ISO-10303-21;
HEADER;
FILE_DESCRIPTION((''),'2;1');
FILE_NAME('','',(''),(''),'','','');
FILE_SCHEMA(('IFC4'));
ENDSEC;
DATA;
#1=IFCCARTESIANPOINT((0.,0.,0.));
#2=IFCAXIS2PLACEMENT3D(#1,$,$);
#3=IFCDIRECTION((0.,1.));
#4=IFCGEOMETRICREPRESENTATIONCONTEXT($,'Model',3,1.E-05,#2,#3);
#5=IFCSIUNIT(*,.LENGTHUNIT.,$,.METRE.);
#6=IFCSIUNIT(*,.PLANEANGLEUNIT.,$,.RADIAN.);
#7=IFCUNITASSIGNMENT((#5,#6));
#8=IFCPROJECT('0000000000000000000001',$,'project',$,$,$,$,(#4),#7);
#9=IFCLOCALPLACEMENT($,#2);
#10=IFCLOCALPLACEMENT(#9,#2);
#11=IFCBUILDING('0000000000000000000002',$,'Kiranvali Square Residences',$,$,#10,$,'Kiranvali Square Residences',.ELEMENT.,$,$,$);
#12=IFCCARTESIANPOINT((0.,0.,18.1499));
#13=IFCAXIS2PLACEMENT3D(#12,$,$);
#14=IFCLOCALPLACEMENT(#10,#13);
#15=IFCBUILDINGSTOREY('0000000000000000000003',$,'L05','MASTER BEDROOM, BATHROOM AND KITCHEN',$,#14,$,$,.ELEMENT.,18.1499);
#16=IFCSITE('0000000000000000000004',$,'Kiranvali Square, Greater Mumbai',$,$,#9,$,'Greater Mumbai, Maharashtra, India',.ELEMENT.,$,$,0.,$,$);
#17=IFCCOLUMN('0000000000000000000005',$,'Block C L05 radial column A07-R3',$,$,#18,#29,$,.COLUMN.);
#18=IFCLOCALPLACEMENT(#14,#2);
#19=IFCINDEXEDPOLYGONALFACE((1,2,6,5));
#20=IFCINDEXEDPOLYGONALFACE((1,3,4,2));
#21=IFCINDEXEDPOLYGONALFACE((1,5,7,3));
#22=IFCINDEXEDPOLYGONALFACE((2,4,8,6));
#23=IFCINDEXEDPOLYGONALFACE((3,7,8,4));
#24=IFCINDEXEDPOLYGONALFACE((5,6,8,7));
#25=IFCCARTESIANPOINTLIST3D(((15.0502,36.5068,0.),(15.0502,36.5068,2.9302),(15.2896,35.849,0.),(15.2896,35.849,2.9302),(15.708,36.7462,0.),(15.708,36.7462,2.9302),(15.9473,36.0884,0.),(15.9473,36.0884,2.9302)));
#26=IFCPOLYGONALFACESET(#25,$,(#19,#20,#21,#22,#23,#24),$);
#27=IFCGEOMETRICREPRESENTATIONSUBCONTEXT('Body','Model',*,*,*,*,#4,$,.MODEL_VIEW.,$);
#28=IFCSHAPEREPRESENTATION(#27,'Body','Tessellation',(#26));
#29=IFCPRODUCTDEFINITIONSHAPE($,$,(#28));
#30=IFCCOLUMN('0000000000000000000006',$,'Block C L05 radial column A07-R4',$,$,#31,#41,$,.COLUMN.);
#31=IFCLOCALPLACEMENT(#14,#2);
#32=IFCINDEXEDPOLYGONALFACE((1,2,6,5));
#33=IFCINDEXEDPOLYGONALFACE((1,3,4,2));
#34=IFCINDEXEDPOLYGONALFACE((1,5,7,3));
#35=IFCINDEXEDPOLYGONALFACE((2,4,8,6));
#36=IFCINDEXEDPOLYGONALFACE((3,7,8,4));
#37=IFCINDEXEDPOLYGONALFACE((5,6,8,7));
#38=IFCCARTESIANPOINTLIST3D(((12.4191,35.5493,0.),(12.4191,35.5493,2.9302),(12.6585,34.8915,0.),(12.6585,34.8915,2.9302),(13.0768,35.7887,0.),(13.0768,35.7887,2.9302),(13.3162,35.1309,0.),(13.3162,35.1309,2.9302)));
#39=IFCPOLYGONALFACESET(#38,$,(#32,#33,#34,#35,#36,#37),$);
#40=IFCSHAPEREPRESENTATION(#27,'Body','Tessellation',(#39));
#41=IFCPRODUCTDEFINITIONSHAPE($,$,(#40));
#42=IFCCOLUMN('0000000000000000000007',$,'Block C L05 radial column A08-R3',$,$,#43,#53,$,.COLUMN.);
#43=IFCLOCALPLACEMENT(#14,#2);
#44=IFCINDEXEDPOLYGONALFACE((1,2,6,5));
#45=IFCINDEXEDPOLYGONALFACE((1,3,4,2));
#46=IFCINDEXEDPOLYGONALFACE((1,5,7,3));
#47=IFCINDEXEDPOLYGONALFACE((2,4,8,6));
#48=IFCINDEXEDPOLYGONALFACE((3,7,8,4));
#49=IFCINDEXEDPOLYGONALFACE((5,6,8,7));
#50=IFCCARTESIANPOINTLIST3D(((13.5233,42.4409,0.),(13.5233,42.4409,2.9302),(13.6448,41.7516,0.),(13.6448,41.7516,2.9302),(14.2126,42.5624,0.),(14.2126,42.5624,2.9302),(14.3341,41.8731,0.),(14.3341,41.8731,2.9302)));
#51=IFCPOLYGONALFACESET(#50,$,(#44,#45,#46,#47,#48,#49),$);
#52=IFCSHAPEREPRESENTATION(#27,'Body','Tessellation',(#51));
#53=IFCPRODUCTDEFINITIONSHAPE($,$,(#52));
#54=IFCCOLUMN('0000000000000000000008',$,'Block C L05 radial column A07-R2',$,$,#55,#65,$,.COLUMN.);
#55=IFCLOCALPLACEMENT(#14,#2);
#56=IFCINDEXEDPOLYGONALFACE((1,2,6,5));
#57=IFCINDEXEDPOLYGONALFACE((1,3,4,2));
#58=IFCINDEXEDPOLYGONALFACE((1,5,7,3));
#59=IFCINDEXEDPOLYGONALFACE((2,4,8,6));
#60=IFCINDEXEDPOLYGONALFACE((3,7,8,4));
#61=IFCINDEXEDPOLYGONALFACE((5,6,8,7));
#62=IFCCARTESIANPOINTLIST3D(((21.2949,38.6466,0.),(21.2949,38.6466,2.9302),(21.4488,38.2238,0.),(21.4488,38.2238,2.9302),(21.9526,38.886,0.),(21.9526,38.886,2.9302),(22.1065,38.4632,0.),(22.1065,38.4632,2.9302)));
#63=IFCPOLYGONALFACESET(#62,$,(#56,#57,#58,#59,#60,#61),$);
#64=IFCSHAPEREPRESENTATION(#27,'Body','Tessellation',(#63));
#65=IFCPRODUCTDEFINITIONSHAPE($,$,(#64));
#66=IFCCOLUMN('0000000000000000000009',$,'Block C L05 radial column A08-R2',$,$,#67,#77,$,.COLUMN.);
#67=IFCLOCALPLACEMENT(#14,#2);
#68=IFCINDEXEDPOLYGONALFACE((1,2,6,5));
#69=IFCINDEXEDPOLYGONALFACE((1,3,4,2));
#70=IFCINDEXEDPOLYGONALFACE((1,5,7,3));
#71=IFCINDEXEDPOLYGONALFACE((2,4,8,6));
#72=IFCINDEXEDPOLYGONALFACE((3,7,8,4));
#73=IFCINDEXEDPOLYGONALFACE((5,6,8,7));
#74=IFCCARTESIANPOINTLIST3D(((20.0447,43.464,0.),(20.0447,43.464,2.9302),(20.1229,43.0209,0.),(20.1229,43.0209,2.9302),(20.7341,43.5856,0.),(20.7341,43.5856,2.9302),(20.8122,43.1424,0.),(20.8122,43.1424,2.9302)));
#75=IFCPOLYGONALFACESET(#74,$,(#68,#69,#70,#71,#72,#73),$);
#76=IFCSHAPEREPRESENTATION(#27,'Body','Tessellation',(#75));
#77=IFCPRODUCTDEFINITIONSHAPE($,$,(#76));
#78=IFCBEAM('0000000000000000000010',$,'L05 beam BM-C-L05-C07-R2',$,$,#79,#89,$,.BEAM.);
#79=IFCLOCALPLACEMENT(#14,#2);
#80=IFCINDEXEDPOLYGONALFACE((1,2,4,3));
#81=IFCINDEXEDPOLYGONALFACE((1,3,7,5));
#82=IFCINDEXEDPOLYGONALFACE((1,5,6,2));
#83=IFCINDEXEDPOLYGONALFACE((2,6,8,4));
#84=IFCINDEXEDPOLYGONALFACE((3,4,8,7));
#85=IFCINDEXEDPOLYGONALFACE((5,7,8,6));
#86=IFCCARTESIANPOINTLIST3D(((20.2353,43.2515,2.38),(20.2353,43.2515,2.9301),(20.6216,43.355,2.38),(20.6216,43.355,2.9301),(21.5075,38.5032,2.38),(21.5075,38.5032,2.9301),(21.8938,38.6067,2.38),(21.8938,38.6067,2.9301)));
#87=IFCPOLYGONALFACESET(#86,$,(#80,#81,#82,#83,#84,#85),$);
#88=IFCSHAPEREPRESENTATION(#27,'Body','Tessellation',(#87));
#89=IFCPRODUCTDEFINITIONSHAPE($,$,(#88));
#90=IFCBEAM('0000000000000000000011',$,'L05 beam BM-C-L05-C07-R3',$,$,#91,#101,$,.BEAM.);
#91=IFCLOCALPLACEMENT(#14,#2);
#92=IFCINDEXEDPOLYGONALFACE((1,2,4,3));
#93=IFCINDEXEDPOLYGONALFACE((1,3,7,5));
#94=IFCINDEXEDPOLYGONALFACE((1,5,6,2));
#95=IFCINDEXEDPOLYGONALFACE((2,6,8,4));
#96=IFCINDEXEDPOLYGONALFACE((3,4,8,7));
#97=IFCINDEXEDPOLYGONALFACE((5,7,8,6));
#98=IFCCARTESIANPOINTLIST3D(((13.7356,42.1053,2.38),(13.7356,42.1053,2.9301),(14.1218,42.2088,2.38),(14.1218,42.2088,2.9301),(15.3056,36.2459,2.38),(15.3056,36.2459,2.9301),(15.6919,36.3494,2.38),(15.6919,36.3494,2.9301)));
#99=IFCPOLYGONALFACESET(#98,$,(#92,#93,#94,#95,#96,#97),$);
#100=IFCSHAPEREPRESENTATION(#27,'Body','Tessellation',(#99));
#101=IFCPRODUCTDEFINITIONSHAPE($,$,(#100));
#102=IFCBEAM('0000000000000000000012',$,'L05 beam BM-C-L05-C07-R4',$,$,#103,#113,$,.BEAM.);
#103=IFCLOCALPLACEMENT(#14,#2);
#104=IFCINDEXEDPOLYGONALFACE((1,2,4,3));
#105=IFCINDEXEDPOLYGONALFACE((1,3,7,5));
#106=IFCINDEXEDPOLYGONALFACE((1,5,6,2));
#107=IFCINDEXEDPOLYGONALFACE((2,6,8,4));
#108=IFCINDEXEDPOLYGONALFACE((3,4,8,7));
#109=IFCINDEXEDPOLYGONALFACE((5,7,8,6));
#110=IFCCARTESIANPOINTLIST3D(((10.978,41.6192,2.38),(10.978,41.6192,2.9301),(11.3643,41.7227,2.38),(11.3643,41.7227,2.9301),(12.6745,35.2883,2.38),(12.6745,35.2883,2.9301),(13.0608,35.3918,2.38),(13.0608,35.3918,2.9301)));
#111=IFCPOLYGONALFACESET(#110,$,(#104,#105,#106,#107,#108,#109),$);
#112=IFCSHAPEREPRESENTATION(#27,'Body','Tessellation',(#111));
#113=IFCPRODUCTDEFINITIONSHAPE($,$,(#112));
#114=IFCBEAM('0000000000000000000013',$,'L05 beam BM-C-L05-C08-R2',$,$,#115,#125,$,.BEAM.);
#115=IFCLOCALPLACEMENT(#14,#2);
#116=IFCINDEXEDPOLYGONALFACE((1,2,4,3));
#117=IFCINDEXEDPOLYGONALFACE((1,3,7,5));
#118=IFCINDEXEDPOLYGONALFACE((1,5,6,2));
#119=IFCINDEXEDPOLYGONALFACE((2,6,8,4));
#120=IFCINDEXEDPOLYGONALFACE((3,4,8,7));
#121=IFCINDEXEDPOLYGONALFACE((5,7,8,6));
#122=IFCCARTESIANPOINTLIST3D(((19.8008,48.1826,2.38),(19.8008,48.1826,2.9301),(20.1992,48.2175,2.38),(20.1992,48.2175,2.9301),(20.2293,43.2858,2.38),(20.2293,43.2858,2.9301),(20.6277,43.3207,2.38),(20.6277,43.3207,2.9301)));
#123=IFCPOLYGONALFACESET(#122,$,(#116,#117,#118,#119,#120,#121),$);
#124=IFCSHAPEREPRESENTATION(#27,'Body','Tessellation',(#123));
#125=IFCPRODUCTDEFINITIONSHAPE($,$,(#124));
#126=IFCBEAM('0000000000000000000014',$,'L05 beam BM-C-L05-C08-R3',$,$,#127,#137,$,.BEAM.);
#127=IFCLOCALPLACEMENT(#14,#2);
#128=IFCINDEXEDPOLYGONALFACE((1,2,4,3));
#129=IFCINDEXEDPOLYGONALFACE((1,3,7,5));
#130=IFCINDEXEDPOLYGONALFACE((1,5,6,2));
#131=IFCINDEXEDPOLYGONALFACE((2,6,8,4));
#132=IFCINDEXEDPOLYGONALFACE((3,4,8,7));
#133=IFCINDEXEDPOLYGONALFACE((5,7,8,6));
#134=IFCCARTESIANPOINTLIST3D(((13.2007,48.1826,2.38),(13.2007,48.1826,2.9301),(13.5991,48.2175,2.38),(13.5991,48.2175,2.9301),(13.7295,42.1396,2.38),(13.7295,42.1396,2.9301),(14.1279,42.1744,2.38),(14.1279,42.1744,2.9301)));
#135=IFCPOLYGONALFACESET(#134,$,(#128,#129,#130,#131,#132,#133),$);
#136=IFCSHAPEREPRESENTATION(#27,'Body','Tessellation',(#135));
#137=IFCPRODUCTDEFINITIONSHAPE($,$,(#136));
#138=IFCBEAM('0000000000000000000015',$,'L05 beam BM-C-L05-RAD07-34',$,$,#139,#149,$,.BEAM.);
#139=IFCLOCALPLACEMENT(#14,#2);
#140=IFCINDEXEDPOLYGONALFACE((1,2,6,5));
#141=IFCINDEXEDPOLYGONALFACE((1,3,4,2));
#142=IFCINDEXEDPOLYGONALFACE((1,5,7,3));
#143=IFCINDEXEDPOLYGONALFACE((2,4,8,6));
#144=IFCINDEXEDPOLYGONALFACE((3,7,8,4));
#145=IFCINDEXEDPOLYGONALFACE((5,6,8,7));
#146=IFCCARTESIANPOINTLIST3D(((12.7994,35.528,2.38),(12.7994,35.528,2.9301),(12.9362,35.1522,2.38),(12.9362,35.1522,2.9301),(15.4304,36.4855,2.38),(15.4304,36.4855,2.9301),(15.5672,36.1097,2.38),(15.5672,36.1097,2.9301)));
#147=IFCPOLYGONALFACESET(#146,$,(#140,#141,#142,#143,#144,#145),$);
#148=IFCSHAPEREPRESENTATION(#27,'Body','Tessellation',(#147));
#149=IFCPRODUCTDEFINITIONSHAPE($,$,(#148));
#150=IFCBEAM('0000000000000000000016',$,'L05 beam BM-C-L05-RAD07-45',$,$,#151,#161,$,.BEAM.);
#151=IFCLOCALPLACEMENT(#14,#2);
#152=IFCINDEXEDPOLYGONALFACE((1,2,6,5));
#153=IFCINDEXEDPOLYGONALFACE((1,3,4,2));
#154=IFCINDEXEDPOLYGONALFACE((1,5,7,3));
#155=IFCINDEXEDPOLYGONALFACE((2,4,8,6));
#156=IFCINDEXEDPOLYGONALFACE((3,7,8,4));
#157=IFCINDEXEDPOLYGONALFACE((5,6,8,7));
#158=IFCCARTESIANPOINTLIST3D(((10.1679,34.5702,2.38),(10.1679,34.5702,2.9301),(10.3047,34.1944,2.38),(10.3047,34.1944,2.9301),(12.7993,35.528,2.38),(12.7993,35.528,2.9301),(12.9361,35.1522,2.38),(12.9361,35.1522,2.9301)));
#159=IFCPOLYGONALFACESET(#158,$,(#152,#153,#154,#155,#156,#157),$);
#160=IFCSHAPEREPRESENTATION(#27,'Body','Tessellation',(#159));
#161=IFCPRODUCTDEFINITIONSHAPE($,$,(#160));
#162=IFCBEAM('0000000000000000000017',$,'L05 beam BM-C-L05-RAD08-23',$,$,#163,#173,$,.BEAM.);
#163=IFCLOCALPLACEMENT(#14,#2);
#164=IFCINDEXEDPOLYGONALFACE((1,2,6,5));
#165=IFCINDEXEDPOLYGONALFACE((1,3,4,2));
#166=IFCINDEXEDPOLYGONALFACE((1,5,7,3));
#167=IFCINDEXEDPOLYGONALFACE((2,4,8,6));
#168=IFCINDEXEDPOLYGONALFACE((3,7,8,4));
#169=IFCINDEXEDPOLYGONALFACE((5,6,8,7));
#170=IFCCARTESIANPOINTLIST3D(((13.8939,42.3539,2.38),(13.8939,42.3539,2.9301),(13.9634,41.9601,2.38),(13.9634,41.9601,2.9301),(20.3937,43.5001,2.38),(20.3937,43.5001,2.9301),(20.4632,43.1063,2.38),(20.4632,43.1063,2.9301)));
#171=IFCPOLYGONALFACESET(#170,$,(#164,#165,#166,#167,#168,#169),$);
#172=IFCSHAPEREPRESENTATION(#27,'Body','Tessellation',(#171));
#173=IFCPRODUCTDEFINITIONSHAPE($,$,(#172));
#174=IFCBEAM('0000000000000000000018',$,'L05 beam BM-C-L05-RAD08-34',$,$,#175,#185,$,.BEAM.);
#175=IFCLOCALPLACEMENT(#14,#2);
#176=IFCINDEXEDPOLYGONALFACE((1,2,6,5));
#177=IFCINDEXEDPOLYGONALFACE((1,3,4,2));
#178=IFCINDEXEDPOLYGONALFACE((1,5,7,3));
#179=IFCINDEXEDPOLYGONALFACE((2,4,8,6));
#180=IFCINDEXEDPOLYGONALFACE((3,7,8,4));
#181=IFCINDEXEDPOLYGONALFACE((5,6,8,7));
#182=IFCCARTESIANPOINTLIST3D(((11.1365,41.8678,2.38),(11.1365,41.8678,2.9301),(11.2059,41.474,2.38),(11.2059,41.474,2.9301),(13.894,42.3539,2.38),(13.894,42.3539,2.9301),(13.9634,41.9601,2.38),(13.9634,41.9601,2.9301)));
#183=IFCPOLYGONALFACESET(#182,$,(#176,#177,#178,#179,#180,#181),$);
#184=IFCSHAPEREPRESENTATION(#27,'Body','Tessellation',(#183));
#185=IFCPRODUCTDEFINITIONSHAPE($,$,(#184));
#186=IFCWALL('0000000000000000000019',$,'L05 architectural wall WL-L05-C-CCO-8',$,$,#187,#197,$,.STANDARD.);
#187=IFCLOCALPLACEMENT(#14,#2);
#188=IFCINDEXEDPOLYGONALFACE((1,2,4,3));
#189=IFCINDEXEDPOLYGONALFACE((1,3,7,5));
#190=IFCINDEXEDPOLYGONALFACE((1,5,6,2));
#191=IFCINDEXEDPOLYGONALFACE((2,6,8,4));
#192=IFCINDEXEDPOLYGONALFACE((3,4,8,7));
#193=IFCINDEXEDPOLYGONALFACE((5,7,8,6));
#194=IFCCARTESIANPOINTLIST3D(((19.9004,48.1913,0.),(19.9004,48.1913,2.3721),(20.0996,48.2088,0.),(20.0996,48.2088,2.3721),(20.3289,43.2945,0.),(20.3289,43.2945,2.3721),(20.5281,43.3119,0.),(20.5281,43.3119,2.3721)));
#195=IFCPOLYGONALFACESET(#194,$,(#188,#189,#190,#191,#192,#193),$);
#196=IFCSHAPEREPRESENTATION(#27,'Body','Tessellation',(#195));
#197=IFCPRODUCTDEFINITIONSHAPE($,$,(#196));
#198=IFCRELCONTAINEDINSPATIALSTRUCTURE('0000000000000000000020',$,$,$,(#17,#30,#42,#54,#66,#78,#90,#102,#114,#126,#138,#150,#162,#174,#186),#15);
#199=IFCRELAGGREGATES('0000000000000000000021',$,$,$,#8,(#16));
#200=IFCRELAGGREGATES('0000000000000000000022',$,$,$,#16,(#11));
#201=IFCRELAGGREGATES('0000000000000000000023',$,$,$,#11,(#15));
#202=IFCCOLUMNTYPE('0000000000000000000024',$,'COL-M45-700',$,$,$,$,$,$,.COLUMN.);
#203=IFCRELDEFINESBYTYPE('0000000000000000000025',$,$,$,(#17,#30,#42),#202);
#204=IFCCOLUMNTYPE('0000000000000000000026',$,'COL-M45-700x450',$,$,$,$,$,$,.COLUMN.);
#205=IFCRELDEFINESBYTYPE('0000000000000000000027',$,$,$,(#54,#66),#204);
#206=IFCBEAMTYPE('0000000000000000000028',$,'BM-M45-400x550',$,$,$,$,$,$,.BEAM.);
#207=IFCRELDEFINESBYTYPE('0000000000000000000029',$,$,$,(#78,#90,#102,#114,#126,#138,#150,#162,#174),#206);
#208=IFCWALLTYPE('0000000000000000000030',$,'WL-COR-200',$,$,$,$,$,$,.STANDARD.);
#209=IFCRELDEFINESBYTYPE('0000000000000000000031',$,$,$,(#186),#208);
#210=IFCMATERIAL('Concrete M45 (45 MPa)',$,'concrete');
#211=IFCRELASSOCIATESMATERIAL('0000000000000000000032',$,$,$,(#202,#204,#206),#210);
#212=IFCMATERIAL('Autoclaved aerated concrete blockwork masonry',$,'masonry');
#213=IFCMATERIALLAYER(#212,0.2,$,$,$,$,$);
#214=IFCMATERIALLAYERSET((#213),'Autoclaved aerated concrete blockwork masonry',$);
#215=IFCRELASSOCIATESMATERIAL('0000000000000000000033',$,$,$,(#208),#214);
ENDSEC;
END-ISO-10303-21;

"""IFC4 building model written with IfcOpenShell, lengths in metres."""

from ifc_helpers import new_model, si_unit, direction, frame, frame_2d, origin, origin_2d, place, context, subcontext, project, spatial, rectangle, extrude, material, layer, layer_set, material_profile, profile_set, type_object, element, save


model = new_model("IFC4")

# Units and contexts
model_context = context("Model", 3, precision=1e-05, world=origin(), true_north=direction((0.0, 1.0)))
body_context = subcontext(model_context, "Body", "Model", "MODEL_VIEW")
ifc_project = project(units=[si_unit("LENGTHUNIT", "METRE"), si_unit("PLANEANGLEUNIT", "RADIAN")], contexts=[model_context])

# Site, building, storey
site_placement = place(None, origin())
site = spatial("IfcSite", under=ifc_project, at=site_placement, Name="Kiranvali Square, Greater Mumbai", LongName="Greater Mumbai, Maharashtra, India", CompositionType="ELEMENT", RefElevation=0.0)
building_placement = place(site_placement, origin())
building = spatial("IfcBuilding", under=site, at=building_placement, Name="Kiranvali Square Residences", LongName="Kiranvali Square Residences", CompositionType="ELEMENT")
storey_placement = place(building_placement, frame((0.0, 0.0, 18.1499)))
storey = spatial("IfcBuildingStorey", under=building, at=storey_placement, Name="L05", Description="MASTER BEDROOM, BATHROOM AND KITCHEN", CompositionType="ELEMENT", Elevation=18.1499)

# Columns
ifc_material_1 = material(Name="Concrete M45 (45 MPa)", Category="concrete")
ifc_material_profile_1 = material_profile(ifc_material_1, rectangle(XDim=0.7, YDim=0.7, at=origin_2d()), Name="RC 700x700")
ifc_profile_set_1 = profile_set([ifc_material_profile_1], Name="Concrete M45 (45 MPa)")
column_type_1 = type_object("IfcColumnType", Name="COL-M45-700", PredefinedType="COLUMN", material=ifc_profile_set_1)
for number, where, z_axis, x_axis, name in (
    (1, (15.4988, 36.2976, 0.0), (0.0, 0.0, 1.0), (-0.34202, 0.939693, 0.0), "Block C L05 radial column A07-R3"),
    (2, (12.8677, 35.3401, 0.0), (0.0, 0.0, 1.0), (-0.34202, 0.939693, 0.0), "Block C L05 radial column A07-R4"),
    (3, (13.9287, 42.157, 0.0), (0.0, 0.0, 1.0), (-0.173648, 0.984808, 0.0), "Block C L05 radial column A08-R3"),
):
    element("IfcColumn", number, at=place(storey_placement, frame(where, z_axis=z_axis, x_axis=x_axis)), inside=storey, type_object=column_type_1, Name=name, PredefinedType="COLUMN", context=body_context, shape_type="SweptSolid", body=[
        extrude(rectangle(XDim=0.7, YDim=0.7, at=origin_2d()), origin(), (0.0, 0.0, 1.0), 2.9302),
    ])
ifc_material_profile_2 = material_profile(ifc_material_1, rectangle(XDim=0.45, YDim=0.7, at=origin_2d()), Name="RC 700x450")
ifc_profile_set_2 = profile_set([ifc_material_profile_2], Name="Concrete M45 (45 MPa)")
column_type_2 = type_object("IfcColumnType", Name="COL-M45-700x450", PredefinedType="COLUMN", material=ifc_profile_set_2)
for number, where, z_axis, x_axis, name in (
    (4, (21.7007, 38.5549, 0.0), (0.0, 0.0, 1.0), (-0.34202, 0.939693, 0.0), "Block C L05 radial column A07-R2"),
    (5, (20.4285, 43.3032, 0.0), (0.0, 0.0, 1.0), (-0.173648, 0.984808, 0.0), "Block C L05 radial column A08-R2"),
):
    element("IfcColumn", number, at=place(storey_placement, frame(where, z_axis=z_axis, x_axis=x_axis)), inside=storey, type_object=column_type_2, Name=name, PredefinedType="COLUMN", context=body_context, shape_type="SweptSolid", body=[
        extrude(rectangle(XDim=0.45, YDim=0.7, at=origin_2d()), origin(), (0.0, 0.0, 1.0), 2.9302),
    ])

# Beams
ifc_material_profile_3 = material_profile(ifc_material_1, rectangle(XDim=0.3999, YDim=0.55, at=origin_2d()), Name="RC 400x550")
ifc_profile_set_3 = profile_set([ifc_material_profile_3], Name="Concrete M45 (45 MPa)")
beam_type = type_object("IfcBeamType", Name="BM-M45-400x550", PredefinedType="BEAM", material=ifc_profile_set_3)
beam_1_placement = place(storey_placement, frame((21.7007, 38.5549, 2.655), z_axis=(-0.258803, 0.96593, 0.0), x_axis=(-0.96593, -0.258803, 0.0)))
element("IfcBeam", 6, at=beam_1_placement, inside=storey, type_object=beam_type, Name="L05 beam BM-C-L05-C07-R2", PredefinedType="BEAM", context=body_context, shape_type="SweptSolid", body=[
    extrude(rectangle(XDim=0.3999, YDim=0.55, at=origin_2d()), origin(), (0.0, 0.0, 1.0), 4.9158),
])
beam_2_placement = place(storey_placement, frame((15.4988, 36.2976, 2.655), z_axis=(-0.258827, 0.965924, 0.0), x_axis=(-0.965924, -0.258827, 0.0)))
element("IfcBeam", 7, at=beam_2_placement, inside=storey, type_object=beam_type, Name="L05 beam BM-C-L05-C07-R3", PredefinedType="BEAM", context=body_context, shape_type="SweptSolid", body=[
    extrude(rectangle(XDim=0.3999, YDim=0.55, at=origin_2d()), origin(), (0.0, 0.0, 1.0), 6.0662),
])
beam_3_placement = place(storey_placement, frame((12.8677, 35.3401, 2.655), z_axis=(-0.258847, 0.965918, 0.0), x_axis=(-0.965918, -0.258847, 0.0)))
element("IfcBeam", 8, at=beam_3_placement, inside=storey, type_object=beam_type, Name="L05 beam BM-C-L05-C07-R4", PredefinedType="BEAM", context=body_context, shape_type="SweptSolid", body=[
    extrude(rectangle(XDim=0.3999, YDim=0.55, at=origin_2d()), origin(), (0.0, 0.0, 1.0), 6.5542),
])
beam_4_placement = place(storey_placement, frame((20.4285, 43.3032, 2.655), z_axis=(-0.087168, 0.996194, 0.0), x_axis=(-0.996194, -0.087168, 0.0)))
element("IfcBeam", 9, at=beam_4_placement, inside=storey, type_object=beam_type, Name="L05 beam BM-C-L05-C08-R2", PredefinedType="BEAM", context=body_context, shape_type="SweptSolid", body=[
    extrude(rectangle(XDim=0.3999, YDim=0.55, at=origin_2d()), origin(), (0.0, 0.0, 1.0), 4.9155),
])
beam_5_placement = place(storey_placement, frame((13.9287, 42.157, 2.655), z_axis=(-0.087175, 0.996193, 0.0), x_axis=(-0.996193, -0.087175, 0.0)))
element("IfcBeam", 10, at=beam_5_placement, inside=storey, type_object=beam_type, Name="L05 beam BM-C-L05-C08-R3", PredefinedType="BEAM", context=body_context, shape_type="SweptSolid", body=[
    extrude(rectangle(XDim=0.3999, YDim=0.55, at=origin_2d()), origin(), (0.0, 0.0, 1.0), 6.0662),
])
beam_6_placement = place(storey_placement, frame((15.4988, 36.2976, 2.655), z_axis=(-0.939707, -0.341981, 0.0), x_axis=(0.341981, -0.939707, 0.0)))
element("IfcBeam", 11, at=beam_6_placement, inside=storey, type_object=beam_type, Name="L05 beam BM-C-L05-RAD07-34", PredefinedType="BEAM", context=body_context, shape_type="SweptSolid", body=[
    extrude(rectangle(XDim=0.3999, YDim=0.55, at=origin_2d()), origin(), (0.0, 0.0, 1.0), 2.7998),
])
beam_7_placement = place(storey_placement, frame((12.8677, 35.3401, 2.655), z_axis=(-0.939689, -0.34203, 0.0), x_axis=(0.34203, -0.939689, 0.0)))
element("IfcBeam", 12, at=beam_7_placement, inside=storey, type_object=beam_type, Name="L05 beam BM-C-L05-RAD07-45", PredefinedType="BEAM", context=body_context, shape_type="SweptSolid", body=[
    extrude(rectangle(XDim=0.3999, YDim=0.55, at=origin_2d()), origin(), (0.0, 0.0, 1.0), 2.8003),
])
beam_8_placement = place(storey_placement, frame((20.4285, 43.3032, 2.655), z_axis=(-0.984804, -0.173671, 0.0), x_axis=(0.173671, -0.984804, 0.0)))
element("IfcBeam", 13, at=beam_8_placement, inside=storey, type_object=beam_type, Name="L05 beam BM-C-L05-RAD08-23", PredefinedType="BEAM", context=body_context, shape_type="SweptSolid", body=[
    extrude(rectangle(XDim=0.3999, YDim=0.55, at=origin_2d()), origin(), (0.0, 0.0, 1.0), 6.6001),
])
beam_9_placement = place(storey_placement, frame((13.9287, 42.157, 2.655), z_axis=(-0.984817, -0.173596, 0.0), x_axis=(0.173596, -0.984817, 0.0)))
element("IfcBeam", 14, at=beam_9_placement, inside=storey, type_object=beam_type, Name="L05 beam BM-C-L05-RAD08-34", PredefinedType="BEAM", context=body_context, shape_type="SweptSolid", body=[
    extrude(rectangle(XDim=0.3999, YDim=0.55, at=origin_2d()), origin(), (0.0, 0.0, 1.0), 2.8),
])

# Wall
ifc_material_2 = material(Name="Autoclaved aerated concrete blockwork masonry", Category="masonry")
ifc_layer_1 = layer(ifc_material_2, 0.2)
ifc_layer_set_1 = layer_set([ifc_layer_1], Name="Autoclaved aerated concrete blockwork masonry")
wall_type_1 = type_object("IfcWallType", Name="WL-COR-200", PredefinedType="STANDARD", material=ifc_layer_set_1)
wall_1_placement = place(storey_placement, frame((20.4285, 43.3032, 0.0), z_axis=(0.0, 0.0, 1.0), x_axis=(-0.087168, 0.996194, 0.0)))
element("IfcWall", 15, at=wall_1_placement, inside=storey, type_object=wall_type_1, Name="L05 architectural wall WL-L05-C-CCO-8", PredefinedType="STANDARD", context=body_context, shape_type="SweptSolid", body=[
    extrude(rectangle(XDim=4.9155, YDim=0.2, at=frame_2d((2.4578, 0.0))), origin(), (0.0, 0.0, 1.0), 2.3721),
])

save(model, "model.ifc")
